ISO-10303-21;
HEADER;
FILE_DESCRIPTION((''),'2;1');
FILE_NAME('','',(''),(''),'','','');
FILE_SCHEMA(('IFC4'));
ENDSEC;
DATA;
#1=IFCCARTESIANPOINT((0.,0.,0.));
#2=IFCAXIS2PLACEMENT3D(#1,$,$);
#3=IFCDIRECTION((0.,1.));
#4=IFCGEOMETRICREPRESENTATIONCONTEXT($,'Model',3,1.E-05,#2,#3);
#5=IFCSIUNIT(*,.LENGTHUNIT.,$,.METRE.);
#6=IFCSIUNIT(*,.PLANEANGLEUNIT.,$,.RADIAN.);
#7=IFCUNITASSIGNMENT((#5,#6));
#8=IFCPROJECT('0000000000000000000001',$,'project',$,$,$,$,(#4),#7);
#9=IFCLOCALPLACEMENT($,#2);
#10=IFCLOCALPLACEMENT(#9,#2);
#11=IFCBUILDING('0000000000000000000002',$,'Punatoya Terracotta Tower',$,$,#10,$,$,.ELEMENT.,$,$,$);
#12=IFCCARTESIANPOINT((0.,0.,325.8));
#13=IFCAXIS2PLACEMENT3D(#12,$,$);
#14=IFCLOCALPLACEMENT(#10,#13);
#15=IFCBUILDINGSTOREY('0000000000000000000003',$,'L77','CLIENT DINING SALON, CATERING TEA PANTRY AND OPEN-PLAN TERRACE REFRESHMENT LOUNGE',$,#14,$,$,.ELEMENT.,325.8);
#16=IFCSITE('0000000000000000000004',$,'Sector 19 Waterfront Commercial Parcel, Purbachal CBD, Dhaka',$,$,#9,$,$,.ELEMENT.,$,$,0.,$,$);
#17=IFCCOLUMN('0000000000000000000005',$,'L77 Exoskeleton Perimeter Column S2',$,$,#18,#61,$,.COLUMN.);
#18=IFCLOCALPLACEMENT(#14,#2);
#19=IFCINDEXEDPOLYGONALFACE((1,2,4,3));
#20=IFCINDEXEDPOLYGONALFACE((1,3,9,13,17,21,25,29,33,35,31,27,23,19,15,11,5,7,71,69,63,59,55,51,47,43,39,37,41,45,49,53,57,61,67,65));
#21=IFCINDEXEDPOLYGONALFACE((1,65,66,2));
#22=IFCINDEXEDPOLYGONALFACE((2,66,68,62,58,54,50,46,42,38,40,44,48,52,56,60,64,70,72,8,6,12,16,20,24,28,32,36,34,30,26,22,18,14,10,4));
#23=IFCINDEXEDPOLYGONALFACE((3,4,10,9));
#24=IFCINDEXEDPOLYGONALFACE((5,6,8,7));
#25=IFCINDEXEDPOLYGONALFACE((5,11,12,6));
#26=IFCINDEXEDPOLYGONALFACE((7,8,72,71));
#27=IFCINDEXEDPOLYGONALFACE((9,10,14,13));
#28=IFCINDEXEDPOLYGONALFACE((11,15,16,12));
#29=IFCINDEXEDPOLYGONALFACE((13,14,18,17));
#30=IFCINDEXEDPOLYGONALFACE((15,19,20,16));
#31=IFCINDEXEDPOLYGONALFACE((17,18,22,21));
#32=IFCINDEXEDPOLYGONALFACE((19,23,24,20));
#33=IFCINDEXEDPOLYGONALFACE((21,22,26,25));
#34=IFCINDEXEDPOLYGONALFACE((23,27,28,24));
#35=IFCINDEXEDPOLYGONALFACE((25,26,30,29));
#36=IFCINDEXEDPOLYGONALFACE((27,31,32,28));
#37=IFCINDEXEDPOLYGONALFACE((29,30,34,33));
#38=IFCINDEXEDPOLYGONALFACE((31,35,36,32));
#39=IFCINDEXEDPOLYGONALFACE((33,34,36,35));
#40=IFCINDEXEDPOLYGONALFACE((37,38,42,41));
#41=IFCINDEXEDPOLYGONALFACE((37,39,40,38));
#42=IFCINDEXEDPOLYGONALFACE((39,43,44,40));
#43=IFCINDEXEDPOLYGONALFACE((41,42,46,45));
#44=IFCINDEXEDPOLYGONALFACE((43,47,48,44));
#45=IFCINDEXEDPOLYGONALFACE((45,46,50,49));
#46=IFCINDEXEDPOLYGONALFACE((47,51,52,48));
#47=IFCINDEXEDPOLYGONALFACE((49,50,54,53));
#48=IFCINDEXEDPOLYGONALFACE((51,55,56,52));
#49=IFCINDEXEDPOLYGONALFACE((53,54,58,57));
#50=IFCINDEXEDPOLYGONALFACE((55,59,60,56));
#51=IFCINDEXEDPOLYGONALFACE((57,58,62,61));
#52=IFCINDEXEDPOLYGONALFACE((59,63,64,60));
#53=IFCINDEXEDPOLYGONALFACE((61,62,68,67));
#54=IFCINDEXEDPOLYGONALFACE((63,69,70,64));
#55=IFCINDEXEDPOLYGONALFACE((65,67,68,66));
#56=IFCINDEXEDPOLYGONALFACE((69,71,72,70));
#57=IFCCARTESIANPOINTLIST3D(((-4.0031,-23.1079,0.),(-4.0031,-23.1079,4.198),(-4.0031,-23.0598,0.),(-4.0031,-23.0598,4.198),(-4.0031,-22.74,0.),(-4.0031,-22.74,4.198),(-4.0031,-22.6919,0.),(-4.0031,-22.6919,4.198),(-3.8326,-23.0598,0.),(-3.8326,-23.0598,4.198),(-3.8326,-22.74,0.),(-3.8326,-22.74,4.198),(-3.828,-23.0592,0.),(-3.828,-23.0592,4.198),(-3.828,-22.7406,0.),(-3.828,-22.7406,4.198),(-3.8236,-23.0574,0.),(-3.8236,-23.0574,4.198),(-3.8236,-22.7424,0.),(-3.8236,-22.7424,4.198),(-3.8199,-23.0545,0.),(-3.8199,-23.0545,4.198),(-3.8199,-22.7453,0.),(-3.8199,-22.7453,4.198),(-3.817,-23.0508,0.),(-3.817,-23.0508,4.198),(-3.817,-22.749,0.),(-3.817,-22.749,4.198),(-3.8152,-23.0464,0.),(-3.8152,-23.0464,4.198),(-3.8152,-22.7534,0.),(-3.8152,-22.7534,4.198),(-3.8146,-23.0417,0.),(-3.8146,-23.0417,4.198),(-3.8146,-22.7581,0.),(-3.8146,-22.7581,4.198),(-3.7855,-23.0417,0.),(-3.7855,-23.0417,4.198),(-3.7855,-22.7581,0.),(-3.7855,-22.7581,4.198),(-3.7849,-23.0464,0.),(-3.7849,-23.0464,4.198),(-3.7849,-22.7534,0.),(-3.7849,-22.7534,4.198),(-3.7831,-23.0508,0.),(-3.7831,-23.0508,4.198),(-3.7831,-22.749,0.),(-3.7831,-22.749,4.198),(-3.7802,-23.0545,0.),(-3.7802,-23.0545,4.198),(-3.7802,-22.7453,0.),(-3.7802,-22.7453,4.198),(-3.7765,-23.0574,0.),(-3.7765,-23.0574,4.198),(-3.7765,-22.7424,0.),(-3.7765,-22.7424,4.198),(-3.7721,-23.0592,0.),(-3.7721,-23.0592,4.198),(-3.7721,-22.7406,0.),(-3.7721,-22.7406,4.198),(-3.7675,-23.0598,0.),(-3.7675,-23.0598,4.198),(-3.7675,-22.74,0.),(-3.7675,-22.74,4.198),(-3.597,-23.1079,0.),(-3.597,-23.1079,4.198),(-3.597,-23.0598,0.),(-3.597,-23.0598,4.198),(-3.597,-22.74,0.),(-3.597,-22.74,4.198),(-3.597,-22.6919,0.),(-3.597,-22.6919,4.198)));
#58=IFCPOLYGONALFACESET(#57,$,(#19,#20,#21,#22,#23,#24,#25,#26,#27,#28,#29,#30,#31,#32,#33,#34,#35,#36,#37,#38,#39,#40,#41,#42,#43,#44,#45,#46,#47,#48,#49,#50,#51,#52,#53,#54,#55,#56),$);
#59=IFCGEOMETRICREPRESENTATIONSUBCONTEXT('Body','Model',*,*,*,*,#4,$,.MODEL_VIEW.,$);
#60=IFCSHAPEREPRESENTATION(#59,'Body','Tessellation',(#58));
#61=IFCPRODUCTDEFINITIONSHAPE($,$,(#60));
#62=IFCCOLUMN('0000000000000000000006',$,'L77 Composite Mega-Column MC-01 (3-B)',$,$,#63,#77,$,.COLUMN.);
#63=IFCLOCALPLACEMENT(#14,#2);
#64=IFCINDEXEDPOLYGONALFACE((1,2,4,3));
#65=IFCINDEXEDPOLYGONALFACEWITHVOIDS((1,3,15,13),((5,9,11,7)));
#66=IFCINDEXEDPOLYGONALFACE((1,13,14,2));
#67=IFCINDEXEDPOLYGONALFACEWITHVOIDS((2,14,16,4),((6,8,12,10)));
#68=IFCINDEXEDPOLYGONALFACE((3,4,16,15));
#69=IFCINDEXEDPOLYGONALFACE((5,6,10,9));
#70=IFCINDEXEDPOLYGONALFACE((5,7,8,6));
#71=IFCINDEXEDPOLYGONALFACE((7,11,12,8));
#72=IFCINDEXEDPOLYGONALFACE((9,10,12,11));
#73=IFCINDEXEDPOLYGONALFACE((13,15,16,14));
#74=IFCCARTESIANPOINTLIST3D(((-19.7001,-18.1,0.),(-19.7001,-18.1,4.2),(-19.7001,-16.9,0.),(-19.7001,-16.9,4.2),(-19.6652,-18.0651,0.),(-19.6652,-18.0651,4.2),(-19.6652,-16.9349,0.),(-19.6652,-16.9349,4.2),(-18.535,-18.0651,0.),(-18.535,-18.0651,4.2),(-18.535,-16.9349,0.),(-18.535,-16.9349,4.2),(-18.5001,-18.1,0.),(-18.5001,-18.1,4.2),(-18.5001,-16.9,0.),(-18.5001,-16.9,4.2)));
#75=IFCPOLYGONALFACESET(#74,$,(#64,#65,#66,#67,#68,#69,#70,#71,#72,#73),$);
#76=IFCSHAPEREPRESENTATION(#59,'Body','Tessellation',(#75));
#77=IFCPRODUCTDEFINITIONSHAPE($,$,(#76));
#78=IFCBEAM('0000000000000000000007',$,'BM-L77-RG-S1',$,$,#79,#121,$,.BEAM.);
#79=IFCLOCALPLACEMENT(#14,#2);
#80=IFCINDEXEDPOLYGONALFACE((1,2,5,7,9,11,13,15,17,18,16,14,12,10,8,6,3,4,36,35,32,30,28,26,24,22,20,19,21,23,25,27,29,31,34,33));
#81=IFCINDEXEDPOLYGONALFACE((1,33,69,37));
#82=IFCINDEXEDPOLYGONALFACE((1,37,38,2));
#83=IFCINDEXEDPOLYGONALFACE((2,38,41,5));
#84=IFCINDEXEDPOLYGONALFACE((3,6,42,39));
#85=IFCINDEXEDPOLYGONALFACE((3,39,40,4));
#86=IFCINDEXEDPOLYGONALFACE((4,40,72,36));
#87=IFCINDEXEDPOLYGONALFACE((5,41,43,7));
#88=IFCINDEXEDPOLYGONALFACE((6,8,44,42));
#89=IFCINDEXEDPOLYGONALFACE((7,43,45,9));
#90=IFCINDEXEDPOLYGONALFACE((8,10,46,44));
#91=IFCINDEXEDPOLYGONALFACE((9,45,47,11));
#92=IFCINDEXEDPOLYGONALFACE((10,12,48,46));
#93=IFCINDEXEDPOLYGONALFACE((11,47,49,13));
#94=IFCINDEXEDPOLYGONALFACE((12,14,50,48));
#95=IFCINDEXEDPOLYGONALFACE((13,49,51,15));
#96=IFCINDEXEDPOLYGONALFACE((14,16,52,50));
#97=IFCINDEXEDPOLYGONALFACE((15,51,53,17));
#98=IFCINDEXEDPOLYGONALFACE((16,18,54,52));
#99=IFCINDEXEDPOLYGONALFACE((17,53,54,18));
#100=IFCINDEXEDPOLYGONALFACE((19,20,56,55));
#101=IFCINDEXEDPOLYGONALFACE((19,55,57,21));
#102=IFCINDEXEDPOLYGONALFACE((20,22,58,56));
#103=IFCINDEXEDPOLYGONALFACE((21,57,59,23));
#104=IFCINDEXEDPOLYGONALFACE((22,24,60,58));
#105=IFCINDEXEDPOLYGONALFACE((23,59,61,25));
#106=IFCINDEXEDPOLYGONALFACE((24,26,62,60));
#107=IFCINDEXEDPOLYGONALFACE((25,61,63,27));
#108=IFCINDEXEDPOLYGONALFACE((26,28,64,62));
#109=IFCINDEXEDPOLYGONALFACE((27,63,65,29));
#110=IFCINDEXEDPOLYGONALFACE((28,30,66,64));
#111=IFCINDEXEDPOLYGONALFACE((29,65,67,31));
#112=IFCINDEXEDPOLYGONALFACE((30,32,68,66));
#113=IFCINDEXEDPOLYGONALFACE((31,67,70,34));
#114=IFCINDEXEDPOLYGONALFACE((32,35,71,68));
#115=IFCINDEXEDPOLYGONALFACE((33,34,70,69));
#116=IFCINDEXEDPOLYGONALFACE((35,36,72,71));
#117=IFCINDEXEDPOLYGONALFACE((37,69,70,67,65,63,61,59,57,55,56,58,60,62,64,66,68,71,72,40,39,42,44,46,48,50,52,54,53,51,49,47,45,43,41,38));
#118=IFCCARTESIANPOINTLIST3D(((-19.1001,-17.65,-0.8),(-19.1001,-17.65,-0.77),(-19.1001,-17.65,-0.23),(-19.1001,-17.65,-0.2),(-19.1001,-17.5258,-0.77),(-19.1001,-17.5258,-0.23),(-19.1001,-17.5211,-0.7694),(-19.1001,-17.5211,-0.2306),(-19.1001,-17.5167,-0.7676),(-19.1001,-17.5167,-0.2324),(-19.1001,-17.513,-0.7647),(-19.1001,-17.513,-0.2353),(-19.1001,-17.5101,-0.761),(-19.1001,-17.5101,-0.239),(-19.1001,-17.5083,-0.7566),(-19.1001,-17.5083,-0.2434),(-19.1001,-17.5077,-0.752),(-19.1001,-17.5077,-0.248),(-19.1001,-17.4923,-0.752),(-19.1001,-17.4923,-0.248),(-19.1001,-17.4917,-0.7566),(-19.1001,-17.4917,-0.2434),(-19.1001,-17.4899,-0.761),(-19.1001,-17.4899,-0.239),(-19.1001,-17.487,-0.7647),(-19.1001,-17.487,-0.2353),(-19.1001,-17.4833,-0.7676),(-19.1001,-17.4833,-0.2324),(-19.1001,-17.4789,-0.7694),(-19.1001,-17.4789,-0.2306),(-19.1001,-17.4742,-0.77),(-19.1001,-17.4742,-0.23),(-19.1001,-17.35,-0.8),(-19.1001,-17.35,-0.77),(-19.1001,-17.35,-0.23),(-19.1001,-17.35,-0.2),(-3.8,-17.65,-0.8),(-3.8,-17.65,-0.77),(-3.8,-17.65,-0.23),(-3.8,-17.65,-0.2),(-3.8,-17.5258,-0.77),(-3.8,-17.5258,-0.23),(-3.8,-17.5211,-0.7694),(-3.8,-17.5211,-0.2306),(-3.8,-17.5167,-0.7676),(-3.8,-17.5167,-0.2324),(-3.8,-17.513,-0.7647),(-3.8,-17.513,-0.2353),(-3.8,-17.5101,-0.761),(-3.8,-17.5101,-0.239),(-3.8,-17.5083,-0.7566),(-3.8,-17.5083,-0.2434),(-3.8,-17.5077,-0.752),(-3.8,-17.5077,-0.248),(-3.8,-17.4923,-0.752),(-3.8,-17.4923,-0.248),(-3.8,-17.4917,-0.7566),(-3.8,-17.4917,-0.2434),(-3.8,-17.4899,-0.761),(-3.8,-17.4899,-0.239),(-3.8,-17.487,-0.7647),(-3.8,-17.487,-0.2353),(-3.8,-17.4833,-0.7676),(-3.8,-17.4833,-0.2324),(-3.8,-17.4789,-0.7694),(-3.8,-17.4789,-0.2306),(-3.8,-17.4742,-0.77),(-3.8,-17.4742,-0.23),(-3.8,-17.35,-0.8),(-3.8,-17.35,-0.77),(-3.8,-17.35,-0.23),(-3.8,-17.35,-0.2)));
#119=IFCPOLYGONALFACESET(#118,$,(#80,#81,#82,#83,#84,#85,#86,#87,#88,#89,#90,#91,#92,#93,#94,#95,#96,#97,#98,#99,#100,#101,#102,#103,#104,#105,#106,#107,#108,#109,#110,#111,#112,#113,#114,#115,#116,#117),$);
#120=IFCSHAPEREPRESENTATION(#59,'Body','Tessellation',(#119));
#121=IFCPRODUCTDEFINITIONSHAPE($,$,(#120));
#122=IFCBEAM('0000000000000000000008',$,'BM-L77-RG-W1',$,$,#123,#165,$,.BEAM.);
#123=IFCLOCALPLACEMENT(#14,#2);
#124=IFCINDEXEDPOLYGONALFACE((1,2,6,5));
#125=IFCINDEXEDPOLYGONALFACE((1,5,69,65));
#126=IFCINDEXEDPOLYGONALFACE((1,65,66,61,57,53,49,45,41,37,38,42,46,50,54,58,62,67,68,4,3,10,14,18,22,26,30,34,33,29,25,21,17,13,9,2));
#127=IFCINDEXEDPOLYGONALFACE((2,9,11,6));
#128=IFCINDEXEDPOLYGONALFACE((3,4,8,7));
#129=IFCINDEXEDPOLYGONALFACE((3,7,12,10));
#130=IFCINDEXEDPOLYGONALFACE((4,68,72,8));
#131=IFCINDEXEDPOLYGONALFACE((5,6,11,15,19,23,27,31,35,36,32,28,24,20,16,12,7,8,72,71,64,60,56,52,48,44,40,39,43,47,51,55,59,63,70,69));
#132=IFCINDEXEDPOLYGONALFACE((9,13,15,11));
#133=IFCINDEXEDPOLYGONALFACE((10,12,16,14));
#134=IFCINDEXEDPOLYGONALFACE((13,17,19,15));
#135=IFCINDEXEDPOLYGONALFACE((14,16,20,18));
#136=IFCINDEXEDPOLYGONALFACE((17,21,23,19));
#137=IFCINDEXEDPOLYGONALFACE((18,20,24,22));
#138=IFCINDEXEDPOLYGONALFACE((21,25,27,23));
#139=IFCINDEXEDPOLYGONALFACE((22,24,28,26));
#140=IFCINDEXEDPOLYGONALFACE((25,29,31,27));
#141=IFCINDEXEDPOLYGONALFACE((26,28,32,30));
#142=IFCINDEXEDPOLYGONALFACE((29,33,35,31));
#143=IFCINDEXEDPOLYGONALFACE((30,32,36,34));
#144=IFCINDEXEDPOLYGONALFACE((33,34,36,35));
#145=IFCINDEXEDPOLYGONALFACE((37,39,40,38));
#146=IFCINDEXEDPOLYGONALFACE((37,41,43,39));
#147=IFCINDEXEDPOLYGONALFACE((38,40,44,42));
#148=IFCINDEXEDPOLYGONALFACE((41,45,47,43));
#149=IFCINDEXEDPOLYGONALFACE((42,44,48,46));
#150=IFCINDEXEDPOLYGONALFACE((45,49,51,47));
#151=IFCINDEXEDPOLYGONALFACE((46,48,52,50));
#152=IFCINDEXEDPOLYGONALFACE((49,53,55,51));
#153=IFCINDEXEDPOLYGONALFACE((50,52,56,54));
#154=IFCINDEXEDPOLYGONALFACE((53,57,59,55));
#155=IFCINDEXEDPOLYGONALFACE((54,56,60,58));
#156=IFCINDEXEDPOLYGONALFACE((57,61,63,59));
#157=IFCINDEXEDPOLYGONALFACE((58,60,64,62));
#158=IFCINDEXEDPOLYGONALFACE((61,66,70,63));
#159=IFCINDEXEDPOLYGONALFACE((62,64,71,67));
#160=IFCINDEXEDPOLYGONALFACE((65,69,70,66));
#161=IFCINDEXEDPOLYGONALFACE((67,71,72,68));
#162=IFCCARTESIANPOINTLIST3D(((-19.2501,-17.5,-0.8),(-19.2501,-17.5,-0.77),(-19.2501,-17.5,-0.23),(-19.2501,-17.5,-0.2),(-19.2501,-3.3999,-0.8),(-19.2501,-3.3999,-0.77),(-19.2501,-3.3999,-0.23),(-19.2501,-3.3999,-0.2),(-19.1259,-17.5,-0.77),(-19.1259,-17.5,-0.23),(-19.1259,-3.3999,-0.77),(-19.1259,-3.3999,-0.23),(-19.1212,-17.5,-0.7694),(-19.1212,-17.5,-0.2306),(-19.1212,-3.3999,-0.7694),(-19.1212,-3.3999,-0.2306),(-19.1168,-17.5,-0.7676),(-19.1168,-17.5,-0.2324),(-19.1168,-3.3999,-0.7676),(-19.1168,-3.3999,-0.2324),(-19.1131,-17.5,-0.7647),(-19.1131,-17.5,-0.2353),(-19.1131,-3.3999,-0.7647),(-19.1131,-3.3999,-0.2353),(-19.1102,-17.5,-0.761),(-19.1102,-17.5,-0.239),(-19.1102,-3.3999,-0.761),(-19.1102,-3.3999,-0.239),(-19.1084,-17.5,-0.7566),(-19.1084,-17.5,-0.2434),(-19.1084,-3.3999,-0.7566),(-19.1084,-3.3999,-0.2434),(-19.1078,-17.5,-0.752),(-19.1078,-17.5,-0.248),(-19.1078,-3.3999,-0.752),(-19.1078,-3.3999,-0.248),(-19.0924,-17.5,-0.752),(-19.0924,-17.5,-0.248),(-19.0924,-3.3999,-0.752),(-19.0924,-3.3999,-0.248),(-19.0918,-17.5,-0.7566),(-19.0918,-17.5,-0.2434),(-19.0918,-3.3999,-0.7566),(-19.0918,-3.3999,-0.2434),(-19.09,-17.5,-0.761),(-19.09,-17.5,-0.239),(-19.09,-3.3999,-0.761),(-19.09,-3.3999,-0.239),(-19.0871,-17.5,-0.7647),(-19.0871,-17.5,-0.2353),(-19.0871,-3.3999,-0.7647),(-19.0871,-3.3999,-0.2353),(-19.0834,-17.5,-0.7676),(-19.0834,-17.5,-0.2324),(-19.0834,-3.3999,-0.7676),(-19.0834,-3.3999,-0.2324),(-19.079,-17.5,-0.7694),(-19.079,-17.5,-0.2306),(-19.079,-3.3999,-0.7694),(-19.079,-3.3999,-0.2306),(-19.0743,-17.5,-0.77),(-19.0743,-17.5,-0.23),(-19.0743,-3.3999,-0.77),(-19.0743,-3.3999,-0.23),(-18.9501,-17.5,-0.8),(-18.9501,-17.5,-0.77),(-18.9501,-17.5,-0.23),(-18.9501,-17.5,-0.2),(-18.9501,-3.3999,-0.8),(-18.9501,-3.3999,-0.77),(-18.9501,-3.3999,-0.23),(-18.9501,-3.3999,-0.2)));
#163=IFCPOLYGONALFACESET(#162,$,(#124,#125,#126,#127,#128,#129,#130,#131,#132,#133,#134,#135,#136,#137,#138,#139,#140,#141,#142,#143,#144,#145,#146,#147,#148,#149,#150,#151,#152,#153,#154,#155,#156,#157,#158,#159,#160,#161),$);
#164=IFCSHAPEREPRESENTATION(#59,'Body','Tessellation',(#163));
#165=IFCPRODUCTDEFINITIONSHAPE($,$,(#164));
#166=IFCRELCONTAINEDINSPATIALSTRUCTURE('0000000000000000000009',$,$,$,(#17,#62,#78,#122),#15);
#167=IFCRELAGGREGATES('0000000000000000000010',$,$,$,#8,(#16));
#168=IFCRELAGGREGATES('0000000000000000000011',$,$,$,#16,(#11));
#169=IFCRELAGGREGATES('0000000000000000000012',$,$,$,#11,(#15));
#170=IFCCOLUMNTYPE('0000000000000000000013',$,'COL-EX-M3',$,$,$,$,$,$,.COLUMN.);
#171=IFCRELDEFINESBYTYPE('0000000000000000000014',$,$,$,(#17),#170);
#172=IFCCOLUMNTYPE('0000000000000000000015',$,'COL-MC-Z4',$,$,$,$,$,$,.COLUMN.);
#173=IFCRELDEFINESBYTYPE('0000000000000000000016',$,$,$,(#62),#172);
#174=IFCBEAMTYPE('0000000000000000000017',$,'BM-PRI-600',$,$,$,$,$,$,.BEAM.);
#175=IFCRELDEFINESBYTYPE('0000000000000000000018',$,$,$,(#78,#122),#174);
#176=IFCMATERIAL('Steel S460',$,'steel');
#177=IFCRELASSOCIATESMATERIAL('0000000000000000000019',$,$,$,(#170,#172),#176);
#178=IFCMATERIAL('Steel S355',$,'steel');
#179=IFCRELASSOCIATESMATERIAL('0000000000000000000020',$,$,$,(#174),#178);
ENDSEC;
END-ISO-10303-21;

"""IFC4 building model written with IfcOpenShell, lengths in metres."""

from ifc_helpers import new_model, si_unit, direction, frame, origin, origin_2d, place, context, subcontext, project, spatial, hollow_rectangle, i_section, extrude, material, material_profile, profile_set, type_object, element, save


model = new_model("IFC4")

# Units and contexts
model_context = context("Model", 3, precision=1e-05, world=origin(), true_north=direction((0.0, 1.0)))
body_context = subcontext(model_context, "Body", "Model", "MODEL_VIEW")
ifc_project = project(units=[si_unit("LENGTHUNIT", "METRE"), si_unit("PLANEANGLEUNIT", "RADIAN")], contexts=[model_context])

# Site, building, storey
site_placement = place(None, origin())
site = spatial("IfcSite", under=ifc_project, at=site_placement, Name="Sector 19 Waterfront Commercial Parcel, Purbachal CBD, Dhaka", CompositionType="ELEMENT", RefElevation=0.0)
building_placement = place(site_placement, origin())
building = spatial("IfcBuilding", under=site, at=building_placement, Name="Punatoya Terracotta Tower", CompositionType="ELEMENT")
storey_placement = place(building_placement, frame((0.0, 0.0, 325.8)))
storey = spatial("IfcBuildingStorey", under=building, at=storey_placement, Name="L77", Description="CLIENT DINING SALON, CATERING TEA PANTRY AND OPEN-PLAN TERRACE REFRESHMENT LOUNGE", CompositionType="ELEMENT", Elevation=325.8)

# Columns
ifc_material_1 = material(Name="Steel S460", Category="steel")
ifc_material_profile_1 = material_profile(ifc_material_1, i_section(OverallWidth=0.406, OverallDepth=0.416, WebThickness=0.0291, FlangeThickness=0.0481, FilletRadius=0.0181, at=origin_2d()))
ifc_profile_set_1 = profile_set([ifc_material_profile_1], Name="Steel S460")
column_type_1 = type_object("IfcColumnType", Name="COL-EX-M3", PredefinedType="COLUMN", material=ifc_profile_set_1)
column_1_placement = place(storey_placement, frame((-3.8, -22.8999, 0.0), z_axis=(0.0, 0.0, 1.0), x_axis=(1.0, 0.0, 0.0)))
element("IfcColumn", 1, at=column_1_placement, inside=storey, type_object=column_type_1, Name="L77 Exoskeleton Perimeter Column S2", PredefinedType="COLUMN", context=body_context, shape_type="SweptSolid", body=[
    extrude(i_section(OverallWidth=0.406, OverallDepth=0.416, WebThickness=0.0291, FlangeThickness=0.0481, FilletRadius=0.0181, at=origin_2d()), origin(), (0.0, 0.0, 1.0), 4.198),
])
ifc_material_profile_2 = material_profile(ifc_material_1, hollow_rectangle(XDim=1.2, YDim=1.2, WallThickness=0.0349, at=origin_2d()))
ifc_profile_set_2 = profile_set([ifc_material_profile_2], Name="Steel S460")
column_type_2 = type_object("IfcColumnType", Name="COL-MC-Z4", PredefinedType="COLUMN", material=ifc_profile_set_2)
column_2_placement = place(storey_placement, frame((-19.1001, -17.5, 0.0), z_axis=(0.0, 0.0, 1.0), x_axis=(1.0, 0.0, 0.0)))
element("IfcColumn", 2, at=column_2_placement, inside=storey, type_object=column_type_2, Name="L77 Composite Mega-Column MC-01 (3-B)", PredefinedType="COLUMN", context=body_context, shape_type="SweptSolid", body=[
    extrude(hollow_rectangle(XDim=1.2, YDim=1.2, WallThickness=0.0349, at=origin_2d()), origin(), (0.0, 0.0, 1.0), 4.2),
])

# Beams
ifc_material_2 = material(Name="Steel S355", Category="steel")
ifc_material_profile_3 = material_profile(ifc_material_2, i_section(OverallWidth=0.3, OverallDepth=0.6001, WebThickness=0.0154, FlangeThickness=0.03, FilletRadius=0.0181, at=origin_2d()))
ifc_profile_set_3 = profile_set([ifc_material_profile_3], Name="Steel S355")
beam_type_1 = type_object("IfcBeamType", Name="BM-PRI-600", PredefinedType="BEAM", material=ifc_profile_set_3)
beam_1_placement = place(storey_placement, frame((-19.1001, -17.5, -0.5), z_axis=(1.0, 0.0, 0.0), x_axis=(0.0, 1.0, 0.0)))
element("IfcBeam", 3, at=beam_1_placement, inside=storey, type_object=beam_type_1, Name="BM-L77-RG-S1", PredefinedType="BEAM", context=body_context, shape_type="SweptSolid", body=[
    extrude(i_section(OverallWidth=0.3, OverallDepth=0.6001, WebThickness=0.0154, FlangeThickness=0.03, FilletRadius=0.0181, at=origin_2d()), origin(), (0.0, 0.0, 1.0), 15.3),
])
beam_2_placement = place(storey_placement, frame((-19.1001, -17.5, -0.5), z_axis=(0.0, 1.0, 0.0), x_axis=(-1.0, 0.0, 0.0)))
element("IfcBeam", 4, at=beam_2_placement, inside=storey, type_object=beam_type_1, Name="BM-L77-RG-W1", PredefinedType="BEAM", context=body_context, shape_type="SweptSolid", body=[
    extrude(i_section(OverallWidth=0.3, OverallDepth=0.6001, WebThickness=0.0154, FlangeThickness=0.03, FilletRadius=0.0181, at=origin_2d()), origin(), (0.0, 0.0, 1.0), 14.1001),
])

save(model, "model.ifc")
